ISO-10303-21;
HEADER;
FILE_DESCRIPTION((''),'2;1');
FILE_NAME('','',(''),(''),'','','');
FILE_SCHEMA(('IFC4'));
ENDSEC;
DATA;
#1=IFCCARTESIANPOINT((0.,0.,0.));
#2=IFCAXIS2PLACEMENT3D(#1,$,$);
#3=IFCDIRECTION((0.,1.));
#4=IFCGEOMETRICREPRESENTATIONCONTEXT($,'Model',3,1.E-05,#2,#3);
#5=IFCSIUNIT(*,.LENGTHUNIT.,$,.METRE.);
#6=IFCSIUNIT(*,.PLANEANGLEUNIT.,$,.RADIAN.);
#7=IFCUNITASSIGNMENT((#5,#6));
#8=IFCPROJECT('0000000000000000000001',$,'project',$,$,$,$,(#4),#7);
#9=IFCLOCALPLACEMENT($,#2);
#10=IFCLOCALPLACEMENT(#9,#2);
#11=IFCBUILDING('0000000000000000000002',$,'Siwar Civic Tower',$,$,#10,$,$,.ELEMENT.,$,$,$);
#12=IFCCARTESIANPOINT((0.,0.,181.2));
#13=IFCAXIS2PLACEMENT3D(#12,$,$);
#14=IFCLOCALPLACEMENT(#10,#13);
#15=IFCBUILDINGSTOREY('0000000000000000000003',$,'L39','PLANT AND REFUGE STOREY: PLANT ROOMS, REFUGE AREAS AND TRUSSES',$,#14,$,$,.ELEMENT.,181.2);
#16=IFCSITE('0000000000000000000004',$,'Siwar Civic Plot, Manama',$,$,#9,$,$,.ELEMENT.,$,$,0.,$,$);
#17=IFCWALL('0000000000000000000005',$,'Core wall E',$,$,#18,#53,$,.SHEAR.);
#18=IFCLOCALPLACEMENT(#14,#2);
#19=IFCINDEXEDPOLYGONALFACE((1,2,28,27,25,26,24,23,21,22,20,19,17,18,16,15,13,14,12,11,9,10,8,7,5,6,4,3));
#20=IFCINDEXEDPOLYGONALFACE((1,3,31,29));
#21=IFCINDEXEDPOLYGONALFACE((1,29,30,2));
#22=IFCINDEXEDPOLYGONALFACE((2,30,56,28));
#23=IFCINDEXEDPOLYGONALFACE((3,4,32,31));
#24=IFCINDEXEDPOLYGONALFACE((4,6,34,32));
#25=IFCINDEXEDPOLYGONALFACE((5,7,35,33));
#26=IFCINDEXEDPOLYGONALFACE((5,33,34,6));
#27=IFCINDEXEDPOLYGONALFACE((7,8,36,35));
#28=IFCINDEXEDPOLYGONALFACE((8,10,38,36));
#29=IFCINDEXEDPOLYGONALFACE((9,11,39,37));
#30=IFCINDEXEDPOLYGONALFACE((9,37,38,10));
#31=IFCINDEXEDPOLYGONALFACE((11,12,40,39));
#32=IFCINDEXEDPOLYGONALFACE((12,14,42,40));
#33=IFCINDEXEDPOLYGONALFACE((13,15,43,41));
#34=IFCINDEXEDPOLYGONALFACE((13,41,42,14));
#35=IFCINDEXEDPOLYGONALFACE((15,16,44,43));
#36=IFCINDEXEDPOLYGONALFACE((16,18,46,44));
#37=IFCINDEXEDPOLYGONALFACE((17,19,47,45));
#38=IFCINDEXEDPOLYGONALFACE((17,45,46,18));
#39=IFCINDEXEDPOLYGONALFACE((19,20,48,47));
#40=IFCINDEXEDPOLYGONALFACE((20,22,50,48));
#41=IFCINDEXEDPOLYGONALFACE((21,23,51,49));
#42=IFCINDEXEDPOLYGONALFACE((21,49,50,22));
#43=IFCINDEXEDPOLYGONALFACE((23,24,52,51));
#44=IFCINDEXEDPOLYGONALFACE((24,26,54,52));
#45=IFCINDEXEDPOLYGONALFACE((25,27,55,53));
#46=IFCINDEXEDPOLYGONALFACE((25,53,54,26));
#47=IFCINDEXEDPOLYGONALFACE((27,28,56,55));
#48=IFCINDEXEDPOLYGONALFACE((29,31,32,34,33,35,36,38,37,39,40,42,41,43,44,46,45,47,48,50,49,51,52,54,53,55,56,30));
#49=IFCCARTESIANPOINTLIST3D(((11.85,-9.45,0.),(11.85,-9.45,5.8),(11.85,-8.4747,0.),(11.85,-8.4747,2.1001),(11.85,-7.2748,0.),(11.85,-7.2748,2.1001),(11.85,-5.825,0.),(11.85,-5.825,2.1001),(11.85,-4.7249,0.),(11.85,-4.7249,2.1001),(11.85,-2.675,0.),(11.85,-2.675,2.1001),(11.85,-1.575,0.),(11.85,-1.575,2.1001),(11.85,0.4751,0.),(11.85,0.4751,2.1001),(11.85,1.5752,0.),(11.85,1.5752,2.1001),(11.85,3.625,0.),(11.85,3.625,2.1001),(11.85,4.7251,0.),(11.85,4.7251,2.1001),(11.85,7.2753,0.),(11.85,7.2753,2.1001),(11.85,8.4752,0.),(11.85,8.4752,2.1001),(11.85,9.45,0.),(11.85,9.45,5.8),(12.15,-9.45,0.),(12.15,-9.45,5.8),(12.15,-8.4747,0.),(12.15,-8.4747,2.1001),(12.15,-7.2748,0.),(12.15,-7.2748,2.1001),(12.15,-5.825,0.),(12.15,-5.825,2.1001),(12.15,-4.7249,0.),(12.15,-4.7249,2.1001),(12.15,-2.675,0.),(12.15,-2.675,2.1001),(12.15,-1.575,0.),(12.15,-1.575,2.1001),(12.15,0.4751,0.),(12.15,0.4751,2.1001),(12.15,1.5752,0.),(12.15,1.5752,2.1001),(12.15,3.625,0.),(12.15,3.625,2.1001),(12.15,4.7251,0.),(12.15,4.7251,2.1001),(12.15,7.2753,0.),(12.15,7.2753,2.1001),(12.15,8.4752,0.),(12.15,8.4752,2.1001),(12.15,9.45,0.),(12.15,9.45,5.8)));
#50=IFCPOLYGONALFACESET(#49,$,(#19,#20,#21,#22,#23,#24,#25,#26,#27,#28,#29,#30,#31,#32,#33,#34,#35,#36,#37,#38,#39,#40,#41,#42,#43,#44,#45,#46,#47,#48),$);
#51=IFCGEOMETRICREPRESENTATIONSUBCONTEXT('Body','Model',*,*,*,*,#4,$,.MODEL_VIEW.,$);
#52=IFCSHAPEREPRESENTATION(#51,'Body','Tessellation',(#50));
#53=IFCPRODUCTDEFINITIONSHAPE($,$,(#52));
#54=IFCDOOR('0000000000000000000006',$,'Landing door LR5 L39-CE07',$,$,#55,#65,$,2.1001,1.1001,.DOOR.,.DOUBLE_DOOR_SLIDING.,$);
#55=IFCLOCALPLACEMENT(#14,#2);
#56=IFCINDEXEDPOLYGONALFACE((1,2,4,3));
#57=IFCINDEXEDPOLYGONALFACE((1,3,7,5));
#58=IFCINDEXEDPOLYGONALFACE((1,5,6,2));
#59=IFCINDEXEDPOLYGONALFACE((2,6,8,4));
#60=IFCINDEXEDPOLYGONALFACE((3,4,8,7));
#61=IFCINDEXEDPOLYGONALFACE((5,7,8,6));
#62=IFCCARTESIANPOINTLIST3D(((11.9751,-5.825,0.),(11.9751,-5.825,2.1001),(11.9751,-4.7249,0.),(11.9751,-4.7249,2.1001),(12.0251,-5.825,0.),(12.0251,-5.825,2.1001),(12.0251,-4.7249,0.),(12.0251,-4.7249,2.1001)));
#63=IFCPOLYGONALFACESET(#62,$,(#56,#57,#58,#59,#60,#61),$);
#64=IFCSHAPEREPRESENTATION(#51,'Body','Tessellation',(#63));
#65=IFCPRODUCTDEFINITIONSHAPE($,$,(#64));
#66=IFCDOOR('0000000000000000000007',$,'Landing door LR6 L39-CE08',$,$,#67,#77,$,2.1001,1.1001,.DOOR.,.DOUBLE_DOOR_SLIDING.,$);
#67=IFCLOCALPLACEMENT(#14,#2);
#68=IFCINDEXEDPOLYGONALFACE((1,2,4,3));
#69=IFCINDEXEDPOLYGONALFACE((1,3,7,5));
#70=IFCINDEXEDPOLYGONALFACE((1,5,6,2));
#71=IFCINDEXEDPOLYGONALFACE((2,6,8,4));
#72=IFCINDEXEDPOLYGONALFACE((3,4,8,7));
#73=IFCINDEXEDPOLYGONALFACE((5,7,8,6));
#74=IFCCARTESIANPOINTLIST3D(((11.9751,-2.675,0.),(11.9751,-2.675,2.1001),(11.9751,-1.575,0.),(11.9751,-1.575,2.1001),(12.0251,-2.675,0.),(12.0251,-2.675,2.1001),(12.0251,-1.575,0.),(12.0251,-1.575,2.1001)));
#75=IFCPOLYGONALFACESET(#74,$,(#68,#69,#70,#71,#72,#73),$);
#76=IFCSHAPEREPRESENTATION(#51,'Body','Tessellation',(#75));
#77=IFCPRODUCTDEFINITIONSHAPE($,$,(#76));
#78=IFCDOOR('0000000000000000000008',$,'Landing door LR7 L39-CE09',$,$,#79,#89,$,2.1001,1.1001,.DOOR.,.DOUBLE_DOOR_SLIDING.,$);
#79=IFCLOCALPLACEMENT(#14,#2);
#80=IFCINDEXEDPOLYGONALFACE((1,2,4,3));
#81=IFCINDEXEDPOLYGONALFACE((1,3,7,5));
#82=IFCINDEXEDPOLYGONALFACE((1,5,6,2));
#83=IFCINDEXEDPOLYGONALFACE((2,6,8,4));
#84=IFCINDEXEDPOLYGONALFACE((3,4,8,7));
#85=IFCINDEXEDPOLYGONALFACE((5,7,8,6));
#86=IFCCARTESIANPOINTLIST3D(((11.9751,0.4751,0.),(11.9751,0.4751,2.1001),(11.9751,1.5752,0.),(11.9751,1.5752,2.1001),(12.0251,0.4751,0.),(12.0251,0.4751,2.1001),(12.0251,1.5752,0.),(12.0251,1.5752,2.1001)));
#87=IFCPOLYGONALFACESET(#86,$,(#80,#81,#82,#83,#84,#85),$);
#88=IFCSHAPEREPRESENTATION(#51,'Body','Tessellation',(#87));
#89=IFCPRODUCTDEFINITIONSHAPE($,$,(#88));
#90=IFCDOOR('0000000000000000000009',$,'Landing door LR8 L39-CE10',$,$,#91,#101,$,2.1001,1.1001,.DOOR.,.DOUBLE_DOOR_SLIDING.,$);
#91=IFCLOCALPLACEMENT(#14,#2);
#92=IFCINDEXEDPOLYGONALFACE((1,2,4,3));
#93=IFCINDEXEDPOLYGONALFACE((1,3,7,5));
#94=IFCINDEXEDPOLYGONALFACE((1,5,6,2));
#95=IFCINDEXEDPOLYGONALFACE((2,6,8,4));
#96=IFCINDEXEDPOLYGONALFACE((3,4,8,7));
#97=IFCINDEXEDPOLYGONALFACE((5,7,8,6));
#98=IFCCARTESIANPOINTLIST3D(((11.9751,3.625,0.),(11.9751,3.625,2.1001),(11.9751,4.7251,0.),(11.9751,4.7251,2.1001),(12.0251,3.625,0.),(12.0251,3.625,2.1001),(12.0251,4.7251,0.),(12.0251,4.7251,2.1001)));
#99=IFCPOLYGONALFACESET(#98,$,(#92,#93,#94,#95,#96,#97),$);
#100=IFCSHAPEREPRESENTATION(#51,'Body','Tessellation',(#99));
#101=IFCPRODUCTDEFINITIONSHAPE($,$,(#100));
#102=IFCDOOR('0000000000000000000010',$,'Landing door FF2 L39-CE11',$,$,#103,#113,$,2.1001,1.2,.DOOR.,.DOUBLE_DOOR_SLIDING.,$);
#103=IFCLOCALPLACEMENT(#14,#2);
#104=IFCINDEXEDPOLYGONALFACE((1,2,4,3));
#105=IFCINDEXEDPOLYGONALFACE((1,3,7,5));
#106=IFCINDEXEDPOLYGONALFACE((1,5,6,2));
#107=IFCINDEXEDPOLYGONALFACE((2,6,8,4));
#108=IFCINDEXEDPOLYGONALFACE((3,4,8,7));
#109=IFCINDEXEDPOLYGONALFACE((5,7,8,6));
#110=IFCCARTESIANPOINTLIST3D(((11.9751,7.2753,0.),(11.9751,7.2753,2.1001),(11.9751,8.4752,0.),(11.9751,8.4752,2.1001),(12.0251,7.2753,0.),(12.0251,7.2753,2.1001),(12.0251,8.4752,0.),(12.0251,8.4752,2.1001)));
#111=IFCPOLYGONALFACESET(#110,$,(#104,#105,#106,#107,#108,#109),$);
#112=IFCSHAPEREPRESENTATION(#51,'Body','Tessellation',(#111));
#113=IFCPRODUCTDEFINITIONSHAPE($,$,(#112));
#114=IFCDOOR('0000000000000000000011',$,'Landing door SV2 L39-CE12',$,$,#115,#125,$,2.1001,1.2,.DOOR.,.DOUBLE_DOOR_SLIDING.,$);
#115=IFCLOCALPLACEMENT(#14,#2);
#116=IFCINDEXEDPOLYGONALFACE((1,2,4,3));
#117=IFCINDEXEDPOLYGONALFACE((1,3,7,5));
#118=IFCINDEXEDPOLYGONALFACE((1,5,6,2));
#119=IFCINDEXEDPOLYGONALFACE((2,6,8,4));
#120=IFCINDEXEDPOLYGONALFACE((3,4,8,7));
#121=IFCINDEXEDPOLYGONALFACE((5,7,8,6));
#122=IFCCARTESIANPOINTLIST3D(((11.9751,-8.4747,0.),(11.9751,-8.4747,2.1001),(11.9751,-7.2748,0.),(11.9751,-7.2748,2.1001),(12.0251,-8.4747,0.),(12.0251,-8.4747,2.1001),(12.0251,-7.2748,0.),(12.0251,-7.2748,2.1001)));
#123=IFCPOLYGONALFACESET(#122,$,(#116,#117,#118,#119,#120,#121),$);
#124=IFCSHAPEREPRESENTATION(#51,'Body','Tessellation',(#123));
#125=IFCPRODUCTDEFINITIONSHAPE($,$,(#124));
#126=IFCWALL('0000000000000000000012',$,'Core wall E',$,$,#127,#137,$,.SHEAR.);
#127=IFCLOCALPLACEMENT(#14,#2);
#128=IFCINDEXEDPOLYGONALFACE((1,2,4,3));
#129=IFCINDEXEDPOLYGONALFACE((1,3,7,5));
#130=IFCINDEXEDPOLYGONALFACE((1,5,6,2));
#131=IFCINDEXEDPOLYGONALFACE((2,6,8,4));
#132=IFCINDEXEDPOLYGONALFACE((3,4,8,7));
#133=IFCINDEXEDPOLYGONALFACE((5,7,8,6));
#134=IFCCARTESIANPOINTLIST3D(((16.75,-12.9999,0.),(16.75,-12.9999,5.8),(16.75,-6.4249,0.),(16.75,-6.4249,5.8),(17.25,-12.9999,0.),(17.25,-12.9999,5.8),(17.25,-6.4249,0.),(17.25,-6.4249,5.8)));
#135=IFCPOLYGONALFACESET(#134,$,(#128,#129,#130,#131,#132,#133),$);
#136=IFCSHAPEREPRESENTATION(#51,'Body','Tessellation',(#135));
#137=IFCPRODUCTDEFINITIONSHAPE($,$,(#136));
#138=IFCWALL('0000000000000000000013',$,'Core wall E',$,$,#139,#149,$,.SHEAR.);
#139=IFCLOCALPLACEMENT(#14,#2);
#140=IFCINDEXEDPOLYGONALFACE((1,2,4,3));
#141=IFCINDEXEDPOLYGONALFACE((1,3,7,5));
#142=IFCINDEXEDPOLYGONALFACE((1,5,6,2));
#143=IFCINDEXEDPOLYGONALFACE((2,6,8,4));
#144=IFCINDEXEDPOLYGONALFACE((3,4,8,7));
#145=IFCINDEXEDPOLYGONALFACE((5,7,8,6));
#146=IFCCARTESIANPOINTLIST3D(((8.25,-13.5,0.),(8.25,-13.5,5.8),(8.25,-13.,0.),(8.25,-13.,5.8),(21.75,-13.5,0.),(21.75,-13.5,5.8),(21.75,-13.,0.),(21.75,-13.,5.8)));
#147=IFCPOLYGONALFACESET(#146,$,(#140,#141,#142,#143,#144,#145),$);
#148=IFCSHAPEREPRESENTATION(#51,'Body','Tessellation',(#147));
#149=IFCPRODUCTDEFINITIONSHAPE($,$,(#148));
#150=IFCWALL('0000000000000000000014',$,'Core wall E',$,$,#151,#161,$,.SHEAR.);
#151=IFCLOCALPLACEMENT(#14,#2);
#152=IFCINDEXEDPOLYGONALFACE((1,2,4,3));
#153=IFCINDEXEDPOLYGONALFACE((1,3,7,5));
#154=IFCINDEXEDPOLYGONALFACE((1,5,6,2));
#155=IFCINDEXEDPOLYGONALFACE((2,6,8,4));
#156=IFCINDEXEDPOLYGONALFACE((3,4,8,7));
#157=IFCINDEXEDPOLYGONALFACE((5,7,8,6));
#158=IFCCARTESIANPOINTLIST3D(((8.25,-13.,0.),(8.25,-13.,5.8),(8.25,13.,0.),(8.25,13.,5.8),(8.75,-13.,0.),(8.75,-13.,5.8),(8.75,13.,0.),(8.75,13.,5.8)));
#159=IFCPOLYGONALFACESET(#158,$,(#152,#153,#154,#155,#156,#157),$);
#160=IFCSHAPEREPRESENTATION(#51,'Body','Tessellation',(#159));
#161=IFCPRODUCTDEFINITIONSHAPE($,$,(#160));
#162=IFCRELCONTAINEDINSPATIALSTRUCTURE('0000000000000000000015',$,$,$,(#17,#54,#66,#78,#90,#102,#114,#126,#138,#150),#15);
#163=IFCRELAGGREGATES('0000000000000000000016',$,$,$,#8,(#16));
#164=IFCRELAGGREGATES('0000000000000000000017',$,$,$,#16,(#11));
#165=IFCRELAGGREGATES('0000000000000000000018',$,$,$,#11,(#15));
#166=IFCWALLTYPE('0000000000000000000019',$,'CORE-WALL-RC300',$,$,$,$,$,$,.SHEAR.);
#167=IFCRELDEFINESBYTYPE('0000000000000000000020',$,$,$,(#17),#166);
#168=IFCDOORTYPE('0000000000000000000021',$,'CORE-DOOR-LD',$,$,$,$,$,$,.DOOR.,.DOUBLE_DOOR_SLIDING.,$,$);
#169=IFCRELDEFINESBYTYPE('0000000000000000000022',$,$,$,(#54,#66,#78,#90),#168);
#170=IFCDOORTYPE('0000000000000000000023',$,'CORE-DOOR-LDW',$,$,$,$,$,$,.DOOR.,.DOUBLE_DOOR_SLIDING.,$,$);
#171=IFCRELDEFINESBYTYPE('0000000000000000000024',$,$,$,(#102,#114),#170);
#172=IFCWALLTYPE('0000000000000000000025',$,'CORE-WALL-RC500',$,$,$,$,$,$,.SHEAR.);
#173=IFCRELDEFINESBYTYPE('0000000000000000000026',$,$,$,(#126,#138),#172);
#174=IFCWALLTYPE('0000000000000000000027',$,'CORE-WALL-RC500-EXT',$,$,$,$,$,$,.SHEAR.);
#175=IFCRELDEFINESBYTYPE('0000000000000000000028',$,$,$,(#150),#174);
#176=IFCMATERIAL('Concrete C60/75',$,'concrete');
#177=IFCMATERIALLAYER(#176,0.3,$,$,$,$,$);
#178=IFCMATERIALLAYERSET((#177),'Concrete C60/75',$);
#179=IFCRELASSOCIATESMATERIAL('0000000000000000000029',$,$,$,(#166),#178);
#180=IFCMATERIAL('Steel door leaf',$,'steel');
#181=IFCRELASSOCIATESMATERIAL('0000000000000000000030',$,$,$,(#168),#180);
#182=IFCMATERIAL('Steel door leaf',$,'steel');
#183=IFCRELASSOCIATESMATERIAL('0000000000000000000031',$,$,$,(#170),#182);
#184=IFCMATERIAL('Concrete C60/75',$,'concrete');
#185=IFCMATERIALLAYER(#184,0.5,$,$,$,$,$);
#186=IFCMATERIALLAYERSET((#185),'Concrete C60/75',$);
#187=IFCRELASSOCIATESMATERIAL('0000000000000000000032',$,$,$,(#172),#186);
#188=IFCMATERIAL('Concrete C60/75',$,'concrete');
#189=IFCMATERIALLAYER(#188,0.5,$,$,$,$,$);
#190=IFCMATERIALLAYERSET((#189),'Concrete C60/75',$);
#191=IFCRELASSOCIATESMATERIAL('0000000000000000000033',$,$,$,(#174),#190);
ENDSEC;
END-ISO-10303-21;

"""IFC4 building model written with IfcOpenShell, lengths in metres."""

from ifc_helpers import new_model, si_unit, direction, frame, frame_2d, origin, place, context, subcontext, project, spatial, rectangle, extrude, material, layer, layer_set, type_object, element, fill, save


model = new_model("IFC4")

# Units and contexts
model_context = context("Model", 3, precision=1e-05, world=origin(), true_north=direction((0.0, 1.0)))
body_context = subcontext(model_context, "Body", "Model", "MODEL_VIEW")
ifc_project = project(units=[si_unit("LENGTHUNIT", "METRE"), si_unit("PLANEANGLEUNIT", "RADIAN")], contexts=[model_context])

# Site, building, storey
site_placement = place(None, origin())
site = spatial("IfcSite", under=ifc_project, at=site_placement, Name="Siwar Civic Plot, Manama", CompositionType="ELEMENT", RefElevation=0.0)
building_placement = place(site_placement, origin())
building = spatial("IfcBuilding", under=site, at=building_placement, Name="Siwar Civic Tower", CompositionType="ELEMENT")
storey_placement = place(building_placement, frame((0.0, 0.0, 181.2)))
storey = spatial("IfcBuildingStorey", under=building, at=storey_placement, Name="L39", Description="PLANT AND REFUGE STOREY: PLANT ROOMS, REFUGE AREAS AND TRUSSES", CompositionType="ELEMENT", Elevation=181.2)

# Wall, openings, doors
ifc_material_1 = material(Name="Concrete C60/75", Category="concrete")
ifc_layer_1 = layer(ifc_material_1, 0.3)
ifc_layer_set_1 = layer_set([ifc_layer_1], Name="Concrete C60/75")
wall_type_1 = type_object("IfcWallType", Name="CORE-WALL-RC300", PredefinedType="SHEAR", material=ifc_layer_set_1)
wall_1_placement = place(storey_placement, frame((12.0, -9.45, 0.0), z_axis=(0.0, 0.0, 1.0), x_axis=(0.0, 1.0, 0.0)))
wall_1 = element("IfcWall", 1, at=wall_1_placement, inside=storey, type_object=wall_type_1, Name="Core wall E", PredefinedType="SHEAR", context=body_context, shape_type="SweptSolid", body=[
    extrude(rectangle(XDim=18.8999, YDim=0.3, at=frame_2d((9.45, 0.0))), origin(), (0.0, 0.0, 1.0), 5.8),
])
opening_1_placement = place(wall_1_placement, frame((3.625, 0.0, 0.0)))
opening_1 = element("IfcOpeningElement", 2, at=opening_1_placement, cuts=wall_1, PredefinedType="OPENING", context=body_context, shape_type="SweptSolid", body=[
    extrude(rectangle(XDim=1.1001, YDim=2.1001, at=frame_2d((0.55, 1.05))), frame((0.0, 0.1602, 0.0), z_axis=(0.0, -1.0, 0.0), x_axis=(1.0, 0.0, 0.0)), (0.0, 0.0, 1.0), 0.3201),
])
opening_2_placement = place(wall_1_placement, frame((6.7749, 0.0, 0.0)))
opening_2 = element("IfcOpeningElement", 3, at=opening_2_placement, cuts=wall_1, PredefinedType="OPENING", context=body_context, shape_type="SweptSolid", body=[
    extrude(rectangle(XDim=1.1001, YDim=2.1001, at=frame_2d((0.55, 1.05))), frame((0.0, 0.1602, 0.0), z_axis=(0.0, -1.0, 0.0), x_axis=(1.0, 0.0, 0.0)), (0.0, 0.0, 1.0), 0.3201),
])
opening_3_placement = place(wall_1_placement, frame((9.925, 0.0, 0.0)))
opening_3 = element("IfcOpeningElement", 4, at=opening_3_placement, cuts=wall_1, PredefinedType="OPENING", context=body_context, shape_type="SweptSolid", body=[
    extrude(rectangle(XDim=1.1001, YDim=2.1001, at=frame_2d((0.55, 1.05))), frame((0.0, 0.1602, 0.0), z_axis=(0.0, -1.0, 0.0), x_axis=(1.0, 0.0, 0.0)), (0.0, 0.0, 1.0), 0.3201),
])
opening_4_placement = place(wall_1_placement, frame((13.075, 0.0, 0.0)))
opening_4 = element("IfcOpeningElement", 5, at=opening_4_placement, cuts=wall_1, PredefinedType="OPENING", context=body_context, shape_type="SweptSolid", body=[
    extrude(rectangle(XDim=1.1001, YDim=2.1001, at=frame_2d((0.55, 1.05))), frame((0.0, 0.1602, 0.0), z_axis=(0.0, -1.0, 0.0), x_axis=(1.0, 0.0, 0.0)), (0.0, 0.0, 1.0), 0.3201),
])
opening_5_placement = place(wall_1_placement, frame((16.7251, 0.0, 0.0)))
opening_5 = element("IfcOpeningElement", 6, at=opening_5_placement, cuts=wall_1, PredefinedType="OPENING", context=body_context, shape_type="SweptSolid", body=[
    extrude(rectangle(XDim=1.2, YDim=2.1001, at=frame_2d((0.6001, 1.05))), frame((0.0, 0.1602, 0.0), z_axis=(0.0, -1.0, 0.0), x_axis=(1.0, 0.0, 0.0)), (0.0, 0.0, 1.0), 0.3201),
])
opening_6_placement = place(wall_1_placement, frame((0.9751, 0.0, 0.0)))
opening_6 = element("IfcOpeningElement", 7, at=opening_6_placement, cuts=wall_1, PredefinedType="OPENING", context=body_context, shape_type="SweptSolid", body=[
    extrude(rectangle(XDim=1.2, YDim=2.1001, at=frame_2d((0.6001, 1.05))), frame((0.0, 0.1602, 0.0), z_axis=(0.0, -1.0, 0.0), x_axis=(1.0, 0.0, 0.0)), (0.0, 0.0, 1.0), 0.3201),
])
ifc_material_2 = material(Name="Steel door leaf", Category="steel")
door_type_1 = type_object("IfcDoorType", Name="CORE-DOOR-LD", OperationType="DOUBLE_DOOR_SLIDING", PredefinedType="DOOR", material=ifc_material_2)
door_1_placement = place(opening_1_placement, origin())
door_1 = element("IfcDoor", 8, at=door_1_placement, inside=storey, type_object=door_type_1, Name="Landing door LR5 L39-CE07", OperationType="DOUBLE_DOOR_SLIDING", OverallHeight=2.1001, OverallWidth=1.1001, PredefinedType="DOOR", context=body_context, shape_type="SweptSolid", body=[
    extrude(rectangle(XDim=1.1001, YDim=2.1001, at=frame_2d((0.55, 1.05))), frame((0.0, 0.0249, 0.0), z_axis=(0.0, -1.0, 0.0), x_axis=(1.0, 0.0, 0.0)), (0.0, 0.0, 1.0), 0.05),
])
fill(opening_1, door_1)
door_2_placement = place(opening_2_placement, origin())
door_2 = element("IfcDoor", 9, at=door_2_placement, inside=storey, type_object=door_type_1, Name="Landing door LR6 L39-CE08", OperationType="DOUBLE_DOOR_SLIDING", OverallHeight=2.1001, OverallWidth=1.1001, PredefinedType="DOOR", context=body_context, shape_type="SweptSolid", body=[
    extrude(rectangle(XDim=1.1001, YDim=2.1001, at=frame_2d((0.55, 1.05))), frame((0.0, 0.0249, 0.0), z_axis=(0.0, -1.0, 0.0), x_axis=(1.0, 0.0, 0.0)), (0.0, 0.0, 1.0), 0.05),
])
fill(opening_2, door_2)
door_3_placement = place(opening_3_placement, origin())
door_3 = element("IfcDoor", 10, at=door_3_placement, inside=storey, type_object=door_type_1, Name="Landing door LR7 L39-CE09", OperationType="DOUBLE_DOOR_SLIDING", OverallHeight=2.1001, OverallWidth=1.1001, PredefinedType="DOOR", context=body_context, shape_type="SweptSolid", body=[
    extrude(rectangle(XDim=1.1001, YDim=2.1001, at=frame_2d((0.55, 1.05))), frame((0.0, 0.0249, 0.0), z_axis=(0.0, -1.0, 0.0), x_axis=(1.0, 0.0, 0.0)), (0.0, 0.0, 1.0), 0.05),
])
fill(opening_3, door_3)
door_4_placement = place(opening_4_placement, origin())
door_4 = element("IfcDoor", 11, at=door_4_placement, inside=storey, type_object=door_type_1, Name="Landing door LR8 L39-CE10", OperationType="DOUBLE_DOOR_SLIDING", OverallHeight=2.1001, OverallWidth=1.1001, PredefinedType="DOOR", context=body_context, shape_type="SweptSolid", body=[
    extrude(rectangle(XDim=1.1001, YDim=2.1001, at=frame_2d((0.55, 1.05))), frame((0.0, 0.0249, 0.0), z_axis=(0.0, -1.0, 0.0), x_axis=(1.0, 0.0, 0.0)), (0.0, 0.0, 1.0), 0.05),
])
fill(opening_4, door_4)
ifc_material_3 = material(Name="Steel door leaf", Category="steel")
door_type_2 = type_object("IfcDoorType", Name="CORE-DOOR-LDW", OperationType="DOUBLE_DOOR_SLIDING", PredefinedType="DOOR", material=ifc_material_3)
door_5_placement = place(opening_5_placement, origin())
door_5 = element("IfcDoor", 12, at=door_5_placement, inside=storey, type_object=door_type_2, Name="Landing door FF2 L39-CE11", OperationType="DOUBLE_DOOR_SLIDING", OverallHeight=2.1001, OverallWidth=1.2, PredefinedType="DOOR", context=body_context, shape_type="SweptSolid", body=[
    extrude(rectangle(XDim=1.2, YDim=2.1001, at=frame_2d((0.6001, 1.05))), frame((0.0, 0.0249, 0.0), z_axis=(0.0, -1.0, 0.0), x_axis=(1.0, 0.0, 0.0)), (0.0, 0.0, 1.0), 0.05),
])
fill(opening_5, door_5)
door_6_placement = place(opening_6_placement, origin())
door_6 = element("IfcDoor", 13, at=door_6_placement, inside=storey, type_object=door_type_2, Name="Landing door SV2 L39-CE12", OperationType="DOUBLE_DOOR_SLIDING", OverallHeight=2.1001, OverallWidth=1.2, PredefinedType="DOOR", context=body_context, shape_type="SweptSolid", body=[
    extrude(rectangle(XDim=1.2, YDim=2.1001, at=frame_2d((0.6001, 1.05))), frame((0.0, 0.0249, 0.0), z_axis=(0.0, -1.0, 0.0), x_axis=(1.0, 0.0, 0.0)), (0.0, 0.0, 1.0), 0.05),
])
fill(opening_6, door_6)

# Walls
ifc_material_4 = material(Name="Concrete C60/75", Category="concrete")
ifc_layer_2 = layer(ifc_material_4, 0.5)
ifc_layer_set_2 = layer_set([ifc_layer_2], Name="Concrete C60/75")
wall_type_2 = type_object("IfcWallType", Name="CORE-WALL-RC500", PredefinedType="SHEAR", material=ifc_layer_set_2)
wall_2_placement = place(storey_placement, frame((17.0, -13.0, 0.0), z_axis=(0.0, 0.0, 1.0), x_axis=(0.0, 1.0, 0.0)))
element("IfcWall", 14, at=wall_2_placement, inside=storey, type_object=wall_type_2, Name="Core wall E", PredefinedType="SHEAR", context=body_context, shape_type="SweptSolid", body=[
    extrude(rectangle(XDim=6.575, YDim=0.5, at=frame_2d((3.2876, 0.0))), origin(), (0.0, 0.0, 1.0), 5.8),
])
wall_3_placement = place(storey_placement, frame((8.25, -13.25, 0.0), z_axis=(0.0, 0.0, 1.0), x_axis=(1.0, 0.0, 0.0)))
element("IfcWall", 15, at=wall_3_placement, inside=storey, type_object=wall_type_2, Name="Core wall E", PredefinedType="SHEAR", context=body_context, shape_type="SweptSolid", body=[
    extrude(rectangle(XDim=13.5, YDim=0.5, at=frame_2d((6.75, 0.0))), origin(), (0.0, 0.0, 1.0), 5.8),
])
ifc_material_5 = material(Name="Concrete C60/75", Category="concrete")
ifc_layer_3 = layer(ifc_material_5, 0.5)
ifc_layer_set_3 = layer_set([ifc_layer_3], Name="Concrete C60/75")
wall_type_3 = type_object("IfcWallType", Name="CORE-WALL-RC500-EXT", PredefinedType="SHEAR", material=ifc_layer_set_3)
wall_4_placement = place(storey_placement, frame((8.5, -13.0, 0.0), z_axis=(0.0, 0.0, 1.0), x_axis=(0.0, 1.0, 0.0)))
element("IfcWall", 16, at=wall_4_placement, inside=storey, type_object=wall_type_3, Name="Core wall E", PredefinedType="SHEAR", context=body_context, shape_type="SweptSolid", body=[
    extrude(rectangle(XDim=26.0, YDim=0.5, at=frame_2d((13.0, 0.0))), origin(), (0.0, 0.0, 1.0), 5.8),
])

save(model, "model.ifc")
